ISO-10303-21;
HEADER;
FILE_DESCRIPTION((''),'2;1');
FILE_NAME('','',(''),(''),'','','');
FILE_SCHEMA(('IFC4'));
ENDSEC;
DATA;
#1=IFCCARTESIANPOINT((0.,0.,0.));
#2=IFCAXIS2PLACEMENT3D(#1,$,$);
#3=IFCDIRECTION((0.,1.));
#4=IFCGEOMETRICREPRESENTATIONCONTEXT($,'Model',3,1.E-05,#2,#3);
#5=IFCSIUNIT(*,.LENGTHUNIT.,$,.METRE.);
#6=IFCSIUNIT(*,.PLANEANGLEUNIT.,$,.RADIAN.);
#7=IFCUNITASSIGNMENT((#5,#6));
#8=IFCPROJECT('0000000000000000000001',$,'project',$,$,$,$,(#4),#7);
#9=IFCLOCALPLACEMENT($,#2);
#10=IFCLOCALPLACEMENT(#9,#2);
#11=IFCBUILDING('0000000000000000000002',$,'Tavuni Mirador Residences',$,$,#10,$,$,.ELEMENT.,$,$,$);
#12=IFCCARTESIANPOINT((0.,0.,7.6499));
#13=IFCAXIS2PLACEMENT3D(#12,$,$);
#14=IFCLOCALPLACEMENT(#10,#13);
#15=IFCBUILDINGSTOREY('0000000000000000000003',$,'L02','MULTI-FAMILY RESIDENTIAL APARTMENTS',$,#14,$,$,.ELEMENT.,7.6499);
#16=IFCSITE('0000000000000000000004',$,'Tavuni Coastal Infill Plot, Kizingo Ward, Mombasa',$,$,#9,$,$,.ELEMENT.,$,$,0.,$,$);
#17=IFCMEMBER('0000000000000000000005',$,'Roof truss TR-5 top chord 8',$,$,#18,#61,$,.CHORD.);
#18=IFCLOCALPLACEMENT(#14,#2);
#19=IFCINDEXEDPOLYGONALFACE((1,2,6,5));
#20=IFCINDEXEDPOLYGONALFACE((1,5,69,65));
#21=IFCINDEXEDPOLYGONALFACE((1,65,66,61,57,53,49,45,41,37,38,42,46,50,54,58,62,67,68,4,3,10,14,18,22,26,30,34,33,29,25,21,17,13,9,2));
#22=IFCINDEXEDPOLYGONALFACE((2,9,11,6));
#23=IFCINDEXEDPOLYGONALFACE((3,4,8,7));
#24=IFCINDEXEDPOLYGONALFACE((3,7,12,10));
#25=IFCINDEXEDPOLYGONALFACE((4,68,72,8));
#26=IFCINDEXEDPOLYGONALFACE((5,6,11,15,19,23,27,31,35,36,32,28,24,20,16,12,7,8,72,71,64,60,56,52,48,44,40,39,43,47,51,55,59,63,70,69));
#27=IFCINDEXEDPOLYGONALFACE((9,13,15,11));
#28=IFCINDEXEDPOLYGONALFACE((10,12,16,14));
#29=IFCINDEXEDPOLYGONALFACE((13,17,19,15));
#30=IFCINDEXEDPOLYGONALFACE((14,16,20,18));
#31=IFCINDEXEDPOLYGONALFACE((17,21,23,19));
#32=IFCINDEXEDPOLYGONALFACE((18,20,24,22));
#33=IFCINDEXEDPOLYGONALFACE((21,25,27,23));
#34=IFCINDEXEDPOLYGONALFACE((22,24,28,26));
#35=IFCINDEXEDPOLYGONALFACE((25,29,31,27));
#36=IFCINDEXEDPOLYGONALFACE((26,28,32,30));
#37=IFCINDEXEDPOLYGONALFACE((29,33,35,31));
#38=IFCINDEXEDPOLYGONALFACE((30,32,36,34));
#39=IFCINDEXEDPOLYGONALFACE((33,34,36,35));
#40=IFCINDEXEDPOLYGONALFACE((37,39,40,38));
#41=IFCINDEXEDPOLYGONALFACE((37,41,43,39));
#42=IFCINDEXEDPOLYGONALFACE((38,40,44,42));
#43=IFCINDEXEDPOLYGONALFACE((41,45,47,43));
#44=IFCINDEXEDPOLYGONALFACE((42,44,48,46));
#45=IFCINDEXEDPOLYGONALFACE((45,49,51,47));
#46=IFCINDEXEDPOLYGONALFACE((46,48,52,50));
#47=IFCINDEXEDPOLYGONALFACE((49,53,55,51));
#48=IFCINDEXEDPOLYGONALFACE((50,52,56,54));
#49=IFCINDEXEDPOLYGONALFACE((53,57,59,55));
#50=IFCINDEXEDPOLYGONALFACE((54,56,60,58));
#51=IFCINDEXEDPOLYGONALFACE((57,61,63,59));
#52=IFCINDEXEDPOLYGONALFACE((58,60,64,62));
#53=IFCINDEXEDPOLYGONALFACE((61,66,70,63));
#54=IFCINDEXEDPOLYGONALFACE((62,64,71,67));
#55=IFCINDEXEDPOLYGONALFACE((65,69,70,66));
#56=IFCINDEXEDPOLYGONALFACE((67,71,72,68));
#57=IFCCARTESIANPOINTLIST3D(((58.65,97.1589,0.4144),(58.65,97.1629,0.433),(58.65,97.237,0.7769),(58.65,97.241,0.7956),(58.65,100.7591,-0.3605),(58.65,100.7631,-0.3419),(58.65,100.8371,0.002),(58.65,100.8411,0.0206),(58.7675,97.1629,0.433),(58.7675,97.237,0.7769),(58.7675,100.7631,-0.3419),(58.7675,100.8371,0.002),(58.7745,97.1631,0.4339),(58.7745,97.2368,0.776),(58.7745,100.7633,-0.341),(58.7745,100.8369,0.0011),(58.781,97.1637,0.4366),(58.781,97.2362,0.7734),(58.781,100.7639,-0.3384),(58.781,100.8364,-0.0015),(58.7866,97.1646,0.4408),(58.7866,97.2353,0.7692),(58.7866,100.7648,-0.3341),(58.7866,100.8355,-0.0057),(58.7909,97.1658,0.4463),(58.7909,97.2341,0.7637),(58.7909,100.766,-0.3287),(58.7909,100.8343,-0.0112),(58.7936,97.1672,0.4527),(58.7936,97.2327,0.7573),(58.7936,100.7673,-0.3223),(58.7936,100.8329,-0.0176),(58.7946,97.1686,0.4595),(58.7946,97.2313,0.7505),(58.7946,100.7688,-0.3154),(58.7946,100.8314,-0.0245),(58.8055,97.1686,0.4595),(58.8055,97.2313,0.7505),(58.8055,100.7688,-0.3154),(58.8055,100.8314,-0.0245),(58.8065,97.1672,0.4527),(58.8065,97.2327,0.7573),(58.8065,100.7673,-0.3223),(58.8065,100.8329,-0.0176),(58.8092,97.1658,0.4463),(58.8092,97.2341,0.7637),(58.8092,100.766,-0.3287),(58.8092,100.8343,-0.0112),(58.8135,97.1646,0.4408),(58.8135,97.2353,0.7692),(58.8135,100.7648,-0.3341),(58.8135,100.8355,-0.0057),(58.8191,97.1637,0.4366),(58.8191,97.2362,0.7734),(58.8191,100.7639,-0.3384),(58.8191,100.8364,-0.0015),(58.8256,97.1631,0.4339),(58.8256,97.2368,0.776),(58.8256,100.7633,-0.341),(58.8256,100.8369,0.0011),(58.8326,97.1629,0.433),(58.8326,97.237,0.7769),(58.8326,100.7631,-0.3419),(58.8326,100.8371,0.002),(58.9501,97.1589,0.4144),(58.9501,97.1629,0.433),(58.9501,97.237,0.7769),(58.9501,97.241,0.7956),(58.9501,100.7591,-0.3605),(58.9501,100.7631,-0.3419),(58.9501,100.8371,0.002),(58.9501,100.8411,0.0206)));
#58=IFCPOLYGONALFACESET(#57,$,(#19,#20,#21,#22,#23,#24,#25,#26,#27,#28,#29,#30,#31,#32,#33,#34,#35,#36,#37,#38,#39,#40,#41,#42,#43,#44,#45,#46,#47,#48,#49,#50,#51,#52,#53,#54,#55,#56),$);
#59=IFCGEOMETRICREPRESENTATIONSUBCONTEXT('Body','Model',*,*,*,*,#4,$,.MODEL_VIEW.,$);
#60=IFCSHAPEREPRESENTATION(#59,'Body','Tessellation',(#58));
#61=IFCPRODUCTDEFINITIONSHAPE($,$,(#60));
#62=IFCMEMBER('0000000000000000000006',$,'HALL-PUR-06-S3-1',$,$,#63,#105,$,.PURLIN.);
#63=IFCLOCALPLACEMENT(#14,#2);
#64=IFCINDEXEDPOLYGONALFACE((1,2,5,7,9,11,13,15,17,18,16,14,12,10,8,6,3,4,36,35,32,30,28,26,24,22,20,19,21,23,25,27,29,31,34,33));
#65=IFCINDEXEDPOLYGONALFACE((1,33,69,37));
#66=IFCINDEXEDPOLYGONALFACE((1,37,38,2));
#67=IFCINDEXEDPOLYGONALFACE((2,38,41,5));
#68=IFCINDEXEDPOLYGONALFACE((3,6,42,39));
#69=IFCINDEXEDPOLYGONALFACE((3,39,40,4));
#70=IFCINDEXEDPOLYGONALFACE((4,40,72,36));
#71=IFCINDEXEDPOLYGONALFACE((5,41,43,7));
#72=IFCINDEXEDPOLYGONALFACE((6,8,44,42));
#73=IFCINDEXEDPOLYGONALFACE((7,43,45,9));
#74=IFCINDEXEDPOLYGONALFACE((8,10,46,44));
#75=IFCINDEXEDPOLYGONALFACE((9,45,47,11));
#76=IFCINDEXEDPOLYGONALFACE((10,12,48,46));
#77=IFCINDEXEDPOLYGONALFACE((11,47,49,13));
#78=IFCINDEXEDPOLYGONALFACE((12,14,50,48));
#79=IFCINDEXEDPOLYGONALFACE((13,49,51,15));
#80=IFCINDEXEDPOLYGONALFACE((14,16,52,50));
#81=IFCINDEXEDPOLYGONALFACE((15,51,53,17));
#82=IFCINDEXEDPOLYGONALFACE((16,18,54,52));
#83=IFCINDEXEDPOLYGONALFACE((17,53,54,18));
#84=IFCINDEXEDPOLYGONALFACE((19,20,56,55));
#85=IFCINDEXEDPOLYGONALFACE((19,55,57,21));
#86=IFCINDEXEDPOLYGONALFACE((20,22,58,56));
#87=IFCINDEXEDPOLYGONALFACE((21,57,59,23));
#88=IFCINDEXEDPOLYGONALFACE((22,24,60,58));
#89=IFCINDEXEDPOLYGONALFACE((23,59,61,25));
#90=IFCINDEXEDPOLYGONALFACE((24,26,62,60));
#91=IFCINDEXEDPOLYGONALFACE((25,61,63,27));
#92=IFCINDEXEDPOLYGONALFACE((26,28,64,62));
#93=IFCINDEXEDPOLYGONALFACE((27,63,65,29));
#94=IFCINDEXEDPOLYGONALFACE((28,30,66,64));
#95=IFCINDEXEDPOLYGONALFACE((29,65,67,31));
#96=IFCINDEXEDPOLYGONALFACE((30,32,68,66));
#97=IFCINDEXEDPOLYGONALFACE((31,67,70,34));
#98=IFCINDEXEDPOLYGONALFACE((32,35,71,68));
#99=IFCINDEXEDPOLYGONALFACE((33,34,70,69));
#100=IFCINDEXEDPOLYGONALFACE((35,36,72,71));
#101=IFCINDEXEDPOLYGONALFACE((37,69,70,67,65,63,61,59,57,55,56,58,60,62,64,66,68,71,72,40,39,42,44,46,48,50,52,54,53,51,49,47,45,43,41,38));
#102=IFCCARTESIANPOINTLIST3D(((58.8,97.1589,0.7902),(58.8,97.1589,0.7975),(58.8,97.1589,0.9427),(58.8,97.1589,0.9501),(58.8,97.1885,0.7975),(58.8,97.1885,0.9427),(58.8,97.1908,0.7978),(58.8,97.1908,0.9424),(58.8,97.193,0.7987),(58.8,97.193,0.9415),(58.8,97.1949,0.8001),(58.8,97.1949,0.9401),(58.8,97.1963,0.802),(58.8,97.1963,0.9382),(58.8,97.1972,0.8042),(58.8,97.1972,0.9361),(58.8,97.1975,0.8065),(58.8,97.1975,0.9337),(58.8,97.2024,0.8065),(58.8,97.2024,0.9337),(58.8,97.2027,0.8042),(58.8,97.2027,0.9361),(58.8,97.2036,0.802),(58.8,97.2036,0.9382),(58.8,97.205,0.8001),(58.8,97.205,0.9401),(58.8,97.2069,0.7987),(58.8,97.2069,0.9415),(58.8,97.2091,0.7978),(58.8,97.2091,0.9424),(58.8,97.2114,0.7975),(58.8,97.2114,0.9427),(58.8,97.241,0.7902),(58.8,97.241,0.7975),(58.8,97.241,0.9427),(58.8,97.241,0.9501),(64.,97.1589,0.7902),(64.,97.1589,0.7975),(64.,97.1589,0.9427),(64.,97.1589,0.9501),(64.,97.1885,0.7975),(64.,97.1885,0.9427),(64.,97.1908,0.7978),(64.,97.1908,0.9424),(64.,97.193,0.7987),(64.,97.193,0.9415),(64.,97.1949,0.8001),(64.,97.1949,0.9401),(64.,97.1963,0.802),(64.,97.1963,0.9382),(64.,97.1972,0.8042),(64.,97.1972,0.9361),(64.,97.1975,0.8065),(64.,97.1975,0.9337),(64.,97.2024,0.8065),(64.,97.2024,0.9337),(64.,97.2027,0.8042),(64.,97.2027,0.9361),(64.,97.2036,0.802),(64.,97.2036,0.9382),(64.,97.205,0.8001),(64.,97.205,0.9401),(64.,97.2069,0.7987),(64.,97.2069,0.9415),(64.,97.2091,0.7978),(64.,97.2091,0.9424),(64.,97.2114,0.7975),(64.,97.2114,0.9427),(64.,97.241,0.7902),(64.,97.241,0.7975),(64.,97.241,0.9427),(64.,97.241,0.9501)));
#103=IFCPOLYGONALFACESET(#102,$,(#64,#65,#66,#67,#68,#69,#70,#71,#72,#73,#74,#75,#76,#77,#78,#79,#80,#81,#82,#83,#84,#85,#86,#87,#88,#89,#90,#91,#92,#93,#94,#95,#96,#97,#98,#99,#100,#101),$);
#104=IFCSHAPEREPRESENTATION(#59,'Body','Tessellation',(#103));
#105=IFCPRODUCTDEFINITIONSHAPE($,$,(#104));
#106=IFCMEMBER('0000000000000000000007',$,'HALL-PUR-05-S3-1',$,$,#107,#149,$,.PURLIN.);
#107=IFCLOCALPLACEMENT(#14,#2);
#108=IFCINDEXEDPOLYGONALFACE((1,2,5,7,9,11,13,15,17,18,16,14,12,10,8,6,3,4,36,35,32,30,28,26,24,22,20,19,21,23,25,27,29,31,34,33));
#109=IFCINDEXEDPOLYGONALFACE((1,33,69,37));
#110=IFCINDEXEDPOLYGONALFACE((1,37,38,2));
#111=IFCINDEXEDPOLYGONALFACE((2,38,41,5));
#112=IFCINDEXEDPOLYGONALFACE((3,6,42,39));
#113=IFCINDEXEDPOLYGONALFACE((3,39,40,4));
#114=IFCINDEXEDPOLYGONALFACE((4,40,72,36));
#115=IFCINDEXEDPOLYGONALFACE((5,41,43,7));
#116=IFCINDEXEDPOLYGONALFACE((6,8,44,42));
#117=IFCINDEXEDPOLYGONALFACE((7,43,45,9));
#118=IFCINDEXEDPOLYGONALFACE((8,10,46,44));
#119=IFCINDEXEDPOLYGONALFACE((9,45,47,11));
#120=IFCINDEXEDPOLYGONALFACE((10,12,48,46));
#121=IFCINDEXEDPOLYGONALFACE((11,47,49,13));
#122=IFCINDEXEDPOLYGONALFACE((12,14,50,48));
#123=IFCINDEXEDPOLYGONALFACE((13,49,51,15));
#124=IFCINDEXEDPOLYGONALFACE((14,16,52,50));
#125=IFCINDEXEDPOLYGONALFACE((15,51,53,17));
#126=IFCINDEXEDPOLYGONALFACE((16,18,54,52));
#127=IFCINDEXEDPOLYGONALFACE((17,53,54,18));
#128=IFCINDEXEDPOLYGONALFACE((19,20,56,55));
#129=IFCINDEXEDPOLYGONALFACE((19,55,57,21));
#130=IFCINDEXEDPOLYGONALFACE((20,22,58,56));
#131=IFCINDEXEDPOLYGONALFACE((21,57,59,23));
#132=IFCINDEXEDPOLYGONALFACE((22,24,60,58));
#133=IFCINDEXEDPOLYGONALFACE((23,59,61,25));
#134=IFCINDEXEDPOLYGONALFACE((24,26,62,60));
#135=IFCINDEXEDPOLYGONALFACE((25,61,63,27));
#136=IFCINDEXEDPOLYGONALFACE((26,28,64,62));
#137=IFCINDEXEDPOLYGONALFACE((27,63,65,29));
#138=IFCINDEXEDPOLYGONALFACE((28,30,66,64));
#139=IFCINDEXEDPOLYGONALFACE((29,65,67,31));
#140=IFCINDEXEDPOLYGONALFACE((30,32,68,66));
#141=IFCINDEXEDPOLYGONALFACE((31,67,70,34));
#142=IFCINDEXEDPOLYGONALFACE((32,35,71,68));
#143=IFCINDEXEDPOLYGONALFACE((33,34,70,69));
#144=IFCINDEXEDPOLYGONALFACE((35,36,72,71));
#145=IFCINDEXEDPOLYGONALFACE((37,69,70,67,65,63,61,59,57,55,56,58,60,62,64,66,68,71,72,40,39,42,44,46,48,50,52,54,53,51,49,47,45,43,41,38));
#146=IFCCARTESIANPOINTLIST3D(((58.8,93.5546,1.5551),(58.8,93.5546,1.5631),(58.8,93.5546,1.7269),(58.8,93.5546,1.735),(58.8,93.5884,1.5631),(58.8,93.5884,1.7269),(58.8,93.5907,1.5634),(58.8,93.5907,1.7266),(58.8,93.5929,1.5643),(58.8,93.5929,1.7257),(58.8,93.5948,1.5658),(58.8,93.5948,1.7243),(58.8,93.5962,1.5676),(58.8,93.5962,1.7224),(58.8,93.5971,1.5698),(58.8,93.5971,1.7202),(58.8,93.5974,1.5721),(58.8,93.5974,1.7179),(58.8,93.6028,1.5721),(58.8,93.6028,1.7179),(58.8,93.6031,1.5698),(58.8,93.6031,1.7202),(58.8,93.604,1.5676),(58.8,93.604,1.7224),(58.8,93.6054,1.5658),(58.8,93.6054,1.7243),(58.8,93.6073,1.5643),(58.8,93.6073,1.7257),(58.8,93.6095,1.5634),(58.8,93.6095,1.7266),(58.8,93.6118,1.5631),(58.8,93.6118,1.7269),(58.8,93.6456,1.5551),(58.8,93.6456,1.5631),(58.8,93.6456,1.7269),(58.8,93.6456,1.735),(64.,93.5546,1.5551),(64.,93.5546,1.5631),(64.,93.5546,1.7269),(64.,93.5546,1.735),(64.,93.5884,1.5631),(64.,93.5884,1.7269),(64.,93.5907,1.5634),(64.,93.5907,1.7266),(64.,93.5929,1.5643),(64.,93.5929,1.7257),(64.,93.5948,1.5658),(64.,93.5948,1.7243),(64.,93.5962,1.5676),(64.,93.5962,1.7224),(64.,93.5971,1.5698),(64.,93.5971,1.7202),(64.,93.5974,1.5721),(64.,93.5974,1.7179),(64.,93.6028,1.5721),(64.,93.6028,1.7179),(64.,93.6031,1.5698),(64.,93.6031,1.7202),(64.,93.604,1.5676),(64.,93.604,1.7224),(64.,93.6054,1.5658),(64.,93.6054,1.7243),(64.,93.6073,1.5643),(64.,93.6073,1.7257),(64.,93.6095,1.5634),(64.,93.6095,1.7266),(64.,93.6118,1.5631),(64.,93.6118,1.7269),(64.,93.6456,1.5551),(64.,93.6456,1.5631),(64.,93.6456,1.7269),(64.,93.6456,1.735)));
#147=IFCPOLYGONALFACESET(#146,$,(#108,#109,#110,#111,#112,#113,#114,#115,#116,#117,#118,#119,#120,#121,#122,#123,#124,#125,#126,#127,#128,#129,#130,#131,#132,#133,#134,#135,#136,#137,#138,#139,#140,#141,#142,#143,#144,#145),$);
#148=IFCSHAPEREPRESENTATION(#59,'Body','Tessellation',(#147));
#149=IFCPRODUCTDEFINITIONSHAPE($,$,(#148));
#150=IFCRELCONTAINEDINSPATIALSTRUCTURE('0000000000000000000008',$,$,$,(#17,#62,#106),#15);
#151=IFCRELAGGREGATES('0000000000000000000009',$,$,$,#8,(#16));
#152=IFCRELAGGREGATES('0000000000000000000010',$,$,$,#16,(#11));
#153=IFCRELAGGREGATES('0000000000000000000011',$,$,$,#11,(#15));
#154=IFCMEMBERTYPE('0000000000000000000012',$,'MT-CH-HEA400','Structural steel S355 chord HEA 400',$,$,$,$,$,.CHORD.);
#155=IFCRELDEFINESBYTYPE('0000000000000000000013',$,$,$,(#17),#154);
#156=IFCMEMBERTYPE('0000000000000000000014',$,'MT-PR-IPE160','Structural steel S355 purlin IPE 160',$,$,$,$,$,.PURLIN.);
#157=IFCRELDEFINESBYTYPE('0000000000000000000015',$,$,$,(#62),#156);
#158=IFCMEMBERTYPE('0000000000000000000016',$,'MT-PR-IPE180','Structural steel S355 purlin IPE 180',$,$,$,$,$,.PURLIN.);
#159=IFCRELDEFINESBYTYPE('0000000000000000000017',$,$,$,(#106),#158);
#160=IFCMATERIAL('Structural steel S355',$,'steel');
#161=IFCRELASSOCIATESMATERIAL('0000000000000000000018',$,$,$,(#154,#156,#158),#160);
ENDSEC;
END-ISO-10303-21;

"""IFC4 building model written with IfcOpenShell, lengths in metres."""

from ifc_helpers import new_model, si_unit, direction, frame, origin, origin_2d, place, context, subcontext, project, spatial, i_section, extrude, material, material_profile, profile_set, type_object, element, save


model = new_model("IFC4")

# Units and contexts
model_context = context("Model", 3, precision=1e-05, world=origin(), true_north=direction((0.0, 1.0)))
body_context = subcontext(model_context, "Body", "Model", "MODEL_VIEW")
ifc_project = project(units=[si_unit("LENGTHUNIT", "METRE"), si_unit("PLANEANGLEUNIT", "RADIAN")], contexts=[model_context])

# Site, building, storey
site_placement = place(None, origin())
site = spatial("IfcSite", under=ifc_project, at=site_placement, Name="Tavuni Coastal Infill Plot, Kizingo Ward, Mombasa", CompositionType="ELEMENT", RefElevation=0.0)
building_placement = place(site_placement, origin())
building = spatial("IfcBuilding", under=site, at=building_placement, Name="Tavuni Mirador Residences", CompositionType="ELEMENT")
storey_placement = place(building_placement, frame((0.0, 0.0, 7.6499)))
storey = spatial("IfcBuildingStorey", under=building, at=storey_placement, Name="L02", Description="MULTI-FAMILY RESIDENTIAL APARTMENTS", CompositionType="ELEMENT", Elevation=7.6499)

# Shared definitions
ifc_material_1 = material(Name="Structural steel S355", Category="steel")

# Members
ifc_material_profile_1 = material_profile(ifc_material_1, i_section(OverallWidth=0.3, OverallDepth=0.3899, WebThickness=0.011, FlangeThickness=0.019, FilletRadius=0.0271, at=origin_2d()), Name="HEA 400", Category="steel")
ifc_profile_set_1 = profile_set([ifc_material_profile_1], Name="Structural steel S355")
member_type_1 = type_object("IfcMemberType", Name="MT-CH-HEA400", Description="Structural steel S355 chord HEA 400", PredefinedType="CHORD", material=ifc_profile_set_1)
member_1_placement = place(storey_placement, frame((58.8, 97.2, 0.605), z_axis=(0.0, 0.97761, -0.210425), x_axis=(-1.0, 0.0, 0.0)))
element("IfcMember", 1, at=member_1_placement, inside=storey, type_object=member_type_1, Name="Roof truss TR-5 top chord 8", PredefinedType="CHORD", context=body_context, shape_type="SweptSolid", body=[
    extrude(i_section(OverallWidth=0.3, OverallDepth=0.3899, WebThickness=0.011, FlangeThickness=0.019, FilletRadius=0.0271, at=origin_2d()), origin(), (0.0, 0.0, 1.0), 3.6826),
])
ifc_material_profile_2 = material_profile(ifc_material_1, i_section(OverallWidth=0.082, OverallDepth=0.1599, WebThickness=0.0049, FlangeThickness=0.0073, FilletRadius=0.009, at=origin_2d()), Name="IPE 160", Category="steel")
ifc_profile_set_2 = profile_set([ifc_material_profile_2], Name="Structural steel S355")
member_type_2 = type_object("IfcMemberType", Name="MT-PR-IPE160", Description="Structural steel S355 purlin IPE 160", PredefinedType="PURLIN", material=ifc_profile_set_2)
member_2_placement = place(storey_placement, frame((58.8, 97.2, 0.8701), z_axis=(1.0, 0.0, 0.0), x_axis=(0.0, 1.0, 0.0)))
element("IfcMember", 2, at=member_2_placement, inside=storey, type_object=member_type_2, Name="HALL-PUR-06-S3-1", PredefinedType="PURLIN", context=body_context, shape_type="SweptSolid", body=[
    extrude(i_section(OverallWidth=0.082, OverallDepth=0.1599, WebThickness=0.0049, FlangeThickness=0.0073, FilletRadius=0.009, at=origin_2d()), origin(), (0.0, 0.0, 1.0), 5.2),
])
ifc_material_profile_3 = material_profile(ifc_material_1, i_section(OverallWidth=0.0911, OverallDepth=0.1799, WebThickness=0.0054, FlangeThickness=0.0081, FilletRadius=0.009, at=origin_2d()), Name="IPE 180", Category="steel")
ifc_profile_set_3 = profile_set([ifc_material_profile_3], Name="Structural steel S355")
member_type_3 = type_object("IfcMemberType", Name="MT-PR-IPE180", Description="Structural steel S355 purlin IPE 180", PredefinedType="PURLIN", material=ifc_profile_set_3)
member_3_placement = place(storey_placement, frame((58.8, 93.6001, 1.645), z_axis=(1.0, 0.0, 0.0), x_axis=(0.0, 1.0, 0.0)))
element("IfcMember", 3, at=member_3_placement, inside=storey, type_object=member_type_3, Name="HALL-PUR-05-S3-1", PredefinedType="PURLIN", context=body_context, shape_type="SweptSolid", body=[
    extrude(i_section(OverallWidth=0.0911, OverallDepth=0.1799, WebThickness=0.0054, FlangeThickness=0.0081, FilletRadius=0.009, at=origin_2d()), origin(), (0.0, 0.0, 1.0), 5.2),
])

save(model, "model.ifc")
